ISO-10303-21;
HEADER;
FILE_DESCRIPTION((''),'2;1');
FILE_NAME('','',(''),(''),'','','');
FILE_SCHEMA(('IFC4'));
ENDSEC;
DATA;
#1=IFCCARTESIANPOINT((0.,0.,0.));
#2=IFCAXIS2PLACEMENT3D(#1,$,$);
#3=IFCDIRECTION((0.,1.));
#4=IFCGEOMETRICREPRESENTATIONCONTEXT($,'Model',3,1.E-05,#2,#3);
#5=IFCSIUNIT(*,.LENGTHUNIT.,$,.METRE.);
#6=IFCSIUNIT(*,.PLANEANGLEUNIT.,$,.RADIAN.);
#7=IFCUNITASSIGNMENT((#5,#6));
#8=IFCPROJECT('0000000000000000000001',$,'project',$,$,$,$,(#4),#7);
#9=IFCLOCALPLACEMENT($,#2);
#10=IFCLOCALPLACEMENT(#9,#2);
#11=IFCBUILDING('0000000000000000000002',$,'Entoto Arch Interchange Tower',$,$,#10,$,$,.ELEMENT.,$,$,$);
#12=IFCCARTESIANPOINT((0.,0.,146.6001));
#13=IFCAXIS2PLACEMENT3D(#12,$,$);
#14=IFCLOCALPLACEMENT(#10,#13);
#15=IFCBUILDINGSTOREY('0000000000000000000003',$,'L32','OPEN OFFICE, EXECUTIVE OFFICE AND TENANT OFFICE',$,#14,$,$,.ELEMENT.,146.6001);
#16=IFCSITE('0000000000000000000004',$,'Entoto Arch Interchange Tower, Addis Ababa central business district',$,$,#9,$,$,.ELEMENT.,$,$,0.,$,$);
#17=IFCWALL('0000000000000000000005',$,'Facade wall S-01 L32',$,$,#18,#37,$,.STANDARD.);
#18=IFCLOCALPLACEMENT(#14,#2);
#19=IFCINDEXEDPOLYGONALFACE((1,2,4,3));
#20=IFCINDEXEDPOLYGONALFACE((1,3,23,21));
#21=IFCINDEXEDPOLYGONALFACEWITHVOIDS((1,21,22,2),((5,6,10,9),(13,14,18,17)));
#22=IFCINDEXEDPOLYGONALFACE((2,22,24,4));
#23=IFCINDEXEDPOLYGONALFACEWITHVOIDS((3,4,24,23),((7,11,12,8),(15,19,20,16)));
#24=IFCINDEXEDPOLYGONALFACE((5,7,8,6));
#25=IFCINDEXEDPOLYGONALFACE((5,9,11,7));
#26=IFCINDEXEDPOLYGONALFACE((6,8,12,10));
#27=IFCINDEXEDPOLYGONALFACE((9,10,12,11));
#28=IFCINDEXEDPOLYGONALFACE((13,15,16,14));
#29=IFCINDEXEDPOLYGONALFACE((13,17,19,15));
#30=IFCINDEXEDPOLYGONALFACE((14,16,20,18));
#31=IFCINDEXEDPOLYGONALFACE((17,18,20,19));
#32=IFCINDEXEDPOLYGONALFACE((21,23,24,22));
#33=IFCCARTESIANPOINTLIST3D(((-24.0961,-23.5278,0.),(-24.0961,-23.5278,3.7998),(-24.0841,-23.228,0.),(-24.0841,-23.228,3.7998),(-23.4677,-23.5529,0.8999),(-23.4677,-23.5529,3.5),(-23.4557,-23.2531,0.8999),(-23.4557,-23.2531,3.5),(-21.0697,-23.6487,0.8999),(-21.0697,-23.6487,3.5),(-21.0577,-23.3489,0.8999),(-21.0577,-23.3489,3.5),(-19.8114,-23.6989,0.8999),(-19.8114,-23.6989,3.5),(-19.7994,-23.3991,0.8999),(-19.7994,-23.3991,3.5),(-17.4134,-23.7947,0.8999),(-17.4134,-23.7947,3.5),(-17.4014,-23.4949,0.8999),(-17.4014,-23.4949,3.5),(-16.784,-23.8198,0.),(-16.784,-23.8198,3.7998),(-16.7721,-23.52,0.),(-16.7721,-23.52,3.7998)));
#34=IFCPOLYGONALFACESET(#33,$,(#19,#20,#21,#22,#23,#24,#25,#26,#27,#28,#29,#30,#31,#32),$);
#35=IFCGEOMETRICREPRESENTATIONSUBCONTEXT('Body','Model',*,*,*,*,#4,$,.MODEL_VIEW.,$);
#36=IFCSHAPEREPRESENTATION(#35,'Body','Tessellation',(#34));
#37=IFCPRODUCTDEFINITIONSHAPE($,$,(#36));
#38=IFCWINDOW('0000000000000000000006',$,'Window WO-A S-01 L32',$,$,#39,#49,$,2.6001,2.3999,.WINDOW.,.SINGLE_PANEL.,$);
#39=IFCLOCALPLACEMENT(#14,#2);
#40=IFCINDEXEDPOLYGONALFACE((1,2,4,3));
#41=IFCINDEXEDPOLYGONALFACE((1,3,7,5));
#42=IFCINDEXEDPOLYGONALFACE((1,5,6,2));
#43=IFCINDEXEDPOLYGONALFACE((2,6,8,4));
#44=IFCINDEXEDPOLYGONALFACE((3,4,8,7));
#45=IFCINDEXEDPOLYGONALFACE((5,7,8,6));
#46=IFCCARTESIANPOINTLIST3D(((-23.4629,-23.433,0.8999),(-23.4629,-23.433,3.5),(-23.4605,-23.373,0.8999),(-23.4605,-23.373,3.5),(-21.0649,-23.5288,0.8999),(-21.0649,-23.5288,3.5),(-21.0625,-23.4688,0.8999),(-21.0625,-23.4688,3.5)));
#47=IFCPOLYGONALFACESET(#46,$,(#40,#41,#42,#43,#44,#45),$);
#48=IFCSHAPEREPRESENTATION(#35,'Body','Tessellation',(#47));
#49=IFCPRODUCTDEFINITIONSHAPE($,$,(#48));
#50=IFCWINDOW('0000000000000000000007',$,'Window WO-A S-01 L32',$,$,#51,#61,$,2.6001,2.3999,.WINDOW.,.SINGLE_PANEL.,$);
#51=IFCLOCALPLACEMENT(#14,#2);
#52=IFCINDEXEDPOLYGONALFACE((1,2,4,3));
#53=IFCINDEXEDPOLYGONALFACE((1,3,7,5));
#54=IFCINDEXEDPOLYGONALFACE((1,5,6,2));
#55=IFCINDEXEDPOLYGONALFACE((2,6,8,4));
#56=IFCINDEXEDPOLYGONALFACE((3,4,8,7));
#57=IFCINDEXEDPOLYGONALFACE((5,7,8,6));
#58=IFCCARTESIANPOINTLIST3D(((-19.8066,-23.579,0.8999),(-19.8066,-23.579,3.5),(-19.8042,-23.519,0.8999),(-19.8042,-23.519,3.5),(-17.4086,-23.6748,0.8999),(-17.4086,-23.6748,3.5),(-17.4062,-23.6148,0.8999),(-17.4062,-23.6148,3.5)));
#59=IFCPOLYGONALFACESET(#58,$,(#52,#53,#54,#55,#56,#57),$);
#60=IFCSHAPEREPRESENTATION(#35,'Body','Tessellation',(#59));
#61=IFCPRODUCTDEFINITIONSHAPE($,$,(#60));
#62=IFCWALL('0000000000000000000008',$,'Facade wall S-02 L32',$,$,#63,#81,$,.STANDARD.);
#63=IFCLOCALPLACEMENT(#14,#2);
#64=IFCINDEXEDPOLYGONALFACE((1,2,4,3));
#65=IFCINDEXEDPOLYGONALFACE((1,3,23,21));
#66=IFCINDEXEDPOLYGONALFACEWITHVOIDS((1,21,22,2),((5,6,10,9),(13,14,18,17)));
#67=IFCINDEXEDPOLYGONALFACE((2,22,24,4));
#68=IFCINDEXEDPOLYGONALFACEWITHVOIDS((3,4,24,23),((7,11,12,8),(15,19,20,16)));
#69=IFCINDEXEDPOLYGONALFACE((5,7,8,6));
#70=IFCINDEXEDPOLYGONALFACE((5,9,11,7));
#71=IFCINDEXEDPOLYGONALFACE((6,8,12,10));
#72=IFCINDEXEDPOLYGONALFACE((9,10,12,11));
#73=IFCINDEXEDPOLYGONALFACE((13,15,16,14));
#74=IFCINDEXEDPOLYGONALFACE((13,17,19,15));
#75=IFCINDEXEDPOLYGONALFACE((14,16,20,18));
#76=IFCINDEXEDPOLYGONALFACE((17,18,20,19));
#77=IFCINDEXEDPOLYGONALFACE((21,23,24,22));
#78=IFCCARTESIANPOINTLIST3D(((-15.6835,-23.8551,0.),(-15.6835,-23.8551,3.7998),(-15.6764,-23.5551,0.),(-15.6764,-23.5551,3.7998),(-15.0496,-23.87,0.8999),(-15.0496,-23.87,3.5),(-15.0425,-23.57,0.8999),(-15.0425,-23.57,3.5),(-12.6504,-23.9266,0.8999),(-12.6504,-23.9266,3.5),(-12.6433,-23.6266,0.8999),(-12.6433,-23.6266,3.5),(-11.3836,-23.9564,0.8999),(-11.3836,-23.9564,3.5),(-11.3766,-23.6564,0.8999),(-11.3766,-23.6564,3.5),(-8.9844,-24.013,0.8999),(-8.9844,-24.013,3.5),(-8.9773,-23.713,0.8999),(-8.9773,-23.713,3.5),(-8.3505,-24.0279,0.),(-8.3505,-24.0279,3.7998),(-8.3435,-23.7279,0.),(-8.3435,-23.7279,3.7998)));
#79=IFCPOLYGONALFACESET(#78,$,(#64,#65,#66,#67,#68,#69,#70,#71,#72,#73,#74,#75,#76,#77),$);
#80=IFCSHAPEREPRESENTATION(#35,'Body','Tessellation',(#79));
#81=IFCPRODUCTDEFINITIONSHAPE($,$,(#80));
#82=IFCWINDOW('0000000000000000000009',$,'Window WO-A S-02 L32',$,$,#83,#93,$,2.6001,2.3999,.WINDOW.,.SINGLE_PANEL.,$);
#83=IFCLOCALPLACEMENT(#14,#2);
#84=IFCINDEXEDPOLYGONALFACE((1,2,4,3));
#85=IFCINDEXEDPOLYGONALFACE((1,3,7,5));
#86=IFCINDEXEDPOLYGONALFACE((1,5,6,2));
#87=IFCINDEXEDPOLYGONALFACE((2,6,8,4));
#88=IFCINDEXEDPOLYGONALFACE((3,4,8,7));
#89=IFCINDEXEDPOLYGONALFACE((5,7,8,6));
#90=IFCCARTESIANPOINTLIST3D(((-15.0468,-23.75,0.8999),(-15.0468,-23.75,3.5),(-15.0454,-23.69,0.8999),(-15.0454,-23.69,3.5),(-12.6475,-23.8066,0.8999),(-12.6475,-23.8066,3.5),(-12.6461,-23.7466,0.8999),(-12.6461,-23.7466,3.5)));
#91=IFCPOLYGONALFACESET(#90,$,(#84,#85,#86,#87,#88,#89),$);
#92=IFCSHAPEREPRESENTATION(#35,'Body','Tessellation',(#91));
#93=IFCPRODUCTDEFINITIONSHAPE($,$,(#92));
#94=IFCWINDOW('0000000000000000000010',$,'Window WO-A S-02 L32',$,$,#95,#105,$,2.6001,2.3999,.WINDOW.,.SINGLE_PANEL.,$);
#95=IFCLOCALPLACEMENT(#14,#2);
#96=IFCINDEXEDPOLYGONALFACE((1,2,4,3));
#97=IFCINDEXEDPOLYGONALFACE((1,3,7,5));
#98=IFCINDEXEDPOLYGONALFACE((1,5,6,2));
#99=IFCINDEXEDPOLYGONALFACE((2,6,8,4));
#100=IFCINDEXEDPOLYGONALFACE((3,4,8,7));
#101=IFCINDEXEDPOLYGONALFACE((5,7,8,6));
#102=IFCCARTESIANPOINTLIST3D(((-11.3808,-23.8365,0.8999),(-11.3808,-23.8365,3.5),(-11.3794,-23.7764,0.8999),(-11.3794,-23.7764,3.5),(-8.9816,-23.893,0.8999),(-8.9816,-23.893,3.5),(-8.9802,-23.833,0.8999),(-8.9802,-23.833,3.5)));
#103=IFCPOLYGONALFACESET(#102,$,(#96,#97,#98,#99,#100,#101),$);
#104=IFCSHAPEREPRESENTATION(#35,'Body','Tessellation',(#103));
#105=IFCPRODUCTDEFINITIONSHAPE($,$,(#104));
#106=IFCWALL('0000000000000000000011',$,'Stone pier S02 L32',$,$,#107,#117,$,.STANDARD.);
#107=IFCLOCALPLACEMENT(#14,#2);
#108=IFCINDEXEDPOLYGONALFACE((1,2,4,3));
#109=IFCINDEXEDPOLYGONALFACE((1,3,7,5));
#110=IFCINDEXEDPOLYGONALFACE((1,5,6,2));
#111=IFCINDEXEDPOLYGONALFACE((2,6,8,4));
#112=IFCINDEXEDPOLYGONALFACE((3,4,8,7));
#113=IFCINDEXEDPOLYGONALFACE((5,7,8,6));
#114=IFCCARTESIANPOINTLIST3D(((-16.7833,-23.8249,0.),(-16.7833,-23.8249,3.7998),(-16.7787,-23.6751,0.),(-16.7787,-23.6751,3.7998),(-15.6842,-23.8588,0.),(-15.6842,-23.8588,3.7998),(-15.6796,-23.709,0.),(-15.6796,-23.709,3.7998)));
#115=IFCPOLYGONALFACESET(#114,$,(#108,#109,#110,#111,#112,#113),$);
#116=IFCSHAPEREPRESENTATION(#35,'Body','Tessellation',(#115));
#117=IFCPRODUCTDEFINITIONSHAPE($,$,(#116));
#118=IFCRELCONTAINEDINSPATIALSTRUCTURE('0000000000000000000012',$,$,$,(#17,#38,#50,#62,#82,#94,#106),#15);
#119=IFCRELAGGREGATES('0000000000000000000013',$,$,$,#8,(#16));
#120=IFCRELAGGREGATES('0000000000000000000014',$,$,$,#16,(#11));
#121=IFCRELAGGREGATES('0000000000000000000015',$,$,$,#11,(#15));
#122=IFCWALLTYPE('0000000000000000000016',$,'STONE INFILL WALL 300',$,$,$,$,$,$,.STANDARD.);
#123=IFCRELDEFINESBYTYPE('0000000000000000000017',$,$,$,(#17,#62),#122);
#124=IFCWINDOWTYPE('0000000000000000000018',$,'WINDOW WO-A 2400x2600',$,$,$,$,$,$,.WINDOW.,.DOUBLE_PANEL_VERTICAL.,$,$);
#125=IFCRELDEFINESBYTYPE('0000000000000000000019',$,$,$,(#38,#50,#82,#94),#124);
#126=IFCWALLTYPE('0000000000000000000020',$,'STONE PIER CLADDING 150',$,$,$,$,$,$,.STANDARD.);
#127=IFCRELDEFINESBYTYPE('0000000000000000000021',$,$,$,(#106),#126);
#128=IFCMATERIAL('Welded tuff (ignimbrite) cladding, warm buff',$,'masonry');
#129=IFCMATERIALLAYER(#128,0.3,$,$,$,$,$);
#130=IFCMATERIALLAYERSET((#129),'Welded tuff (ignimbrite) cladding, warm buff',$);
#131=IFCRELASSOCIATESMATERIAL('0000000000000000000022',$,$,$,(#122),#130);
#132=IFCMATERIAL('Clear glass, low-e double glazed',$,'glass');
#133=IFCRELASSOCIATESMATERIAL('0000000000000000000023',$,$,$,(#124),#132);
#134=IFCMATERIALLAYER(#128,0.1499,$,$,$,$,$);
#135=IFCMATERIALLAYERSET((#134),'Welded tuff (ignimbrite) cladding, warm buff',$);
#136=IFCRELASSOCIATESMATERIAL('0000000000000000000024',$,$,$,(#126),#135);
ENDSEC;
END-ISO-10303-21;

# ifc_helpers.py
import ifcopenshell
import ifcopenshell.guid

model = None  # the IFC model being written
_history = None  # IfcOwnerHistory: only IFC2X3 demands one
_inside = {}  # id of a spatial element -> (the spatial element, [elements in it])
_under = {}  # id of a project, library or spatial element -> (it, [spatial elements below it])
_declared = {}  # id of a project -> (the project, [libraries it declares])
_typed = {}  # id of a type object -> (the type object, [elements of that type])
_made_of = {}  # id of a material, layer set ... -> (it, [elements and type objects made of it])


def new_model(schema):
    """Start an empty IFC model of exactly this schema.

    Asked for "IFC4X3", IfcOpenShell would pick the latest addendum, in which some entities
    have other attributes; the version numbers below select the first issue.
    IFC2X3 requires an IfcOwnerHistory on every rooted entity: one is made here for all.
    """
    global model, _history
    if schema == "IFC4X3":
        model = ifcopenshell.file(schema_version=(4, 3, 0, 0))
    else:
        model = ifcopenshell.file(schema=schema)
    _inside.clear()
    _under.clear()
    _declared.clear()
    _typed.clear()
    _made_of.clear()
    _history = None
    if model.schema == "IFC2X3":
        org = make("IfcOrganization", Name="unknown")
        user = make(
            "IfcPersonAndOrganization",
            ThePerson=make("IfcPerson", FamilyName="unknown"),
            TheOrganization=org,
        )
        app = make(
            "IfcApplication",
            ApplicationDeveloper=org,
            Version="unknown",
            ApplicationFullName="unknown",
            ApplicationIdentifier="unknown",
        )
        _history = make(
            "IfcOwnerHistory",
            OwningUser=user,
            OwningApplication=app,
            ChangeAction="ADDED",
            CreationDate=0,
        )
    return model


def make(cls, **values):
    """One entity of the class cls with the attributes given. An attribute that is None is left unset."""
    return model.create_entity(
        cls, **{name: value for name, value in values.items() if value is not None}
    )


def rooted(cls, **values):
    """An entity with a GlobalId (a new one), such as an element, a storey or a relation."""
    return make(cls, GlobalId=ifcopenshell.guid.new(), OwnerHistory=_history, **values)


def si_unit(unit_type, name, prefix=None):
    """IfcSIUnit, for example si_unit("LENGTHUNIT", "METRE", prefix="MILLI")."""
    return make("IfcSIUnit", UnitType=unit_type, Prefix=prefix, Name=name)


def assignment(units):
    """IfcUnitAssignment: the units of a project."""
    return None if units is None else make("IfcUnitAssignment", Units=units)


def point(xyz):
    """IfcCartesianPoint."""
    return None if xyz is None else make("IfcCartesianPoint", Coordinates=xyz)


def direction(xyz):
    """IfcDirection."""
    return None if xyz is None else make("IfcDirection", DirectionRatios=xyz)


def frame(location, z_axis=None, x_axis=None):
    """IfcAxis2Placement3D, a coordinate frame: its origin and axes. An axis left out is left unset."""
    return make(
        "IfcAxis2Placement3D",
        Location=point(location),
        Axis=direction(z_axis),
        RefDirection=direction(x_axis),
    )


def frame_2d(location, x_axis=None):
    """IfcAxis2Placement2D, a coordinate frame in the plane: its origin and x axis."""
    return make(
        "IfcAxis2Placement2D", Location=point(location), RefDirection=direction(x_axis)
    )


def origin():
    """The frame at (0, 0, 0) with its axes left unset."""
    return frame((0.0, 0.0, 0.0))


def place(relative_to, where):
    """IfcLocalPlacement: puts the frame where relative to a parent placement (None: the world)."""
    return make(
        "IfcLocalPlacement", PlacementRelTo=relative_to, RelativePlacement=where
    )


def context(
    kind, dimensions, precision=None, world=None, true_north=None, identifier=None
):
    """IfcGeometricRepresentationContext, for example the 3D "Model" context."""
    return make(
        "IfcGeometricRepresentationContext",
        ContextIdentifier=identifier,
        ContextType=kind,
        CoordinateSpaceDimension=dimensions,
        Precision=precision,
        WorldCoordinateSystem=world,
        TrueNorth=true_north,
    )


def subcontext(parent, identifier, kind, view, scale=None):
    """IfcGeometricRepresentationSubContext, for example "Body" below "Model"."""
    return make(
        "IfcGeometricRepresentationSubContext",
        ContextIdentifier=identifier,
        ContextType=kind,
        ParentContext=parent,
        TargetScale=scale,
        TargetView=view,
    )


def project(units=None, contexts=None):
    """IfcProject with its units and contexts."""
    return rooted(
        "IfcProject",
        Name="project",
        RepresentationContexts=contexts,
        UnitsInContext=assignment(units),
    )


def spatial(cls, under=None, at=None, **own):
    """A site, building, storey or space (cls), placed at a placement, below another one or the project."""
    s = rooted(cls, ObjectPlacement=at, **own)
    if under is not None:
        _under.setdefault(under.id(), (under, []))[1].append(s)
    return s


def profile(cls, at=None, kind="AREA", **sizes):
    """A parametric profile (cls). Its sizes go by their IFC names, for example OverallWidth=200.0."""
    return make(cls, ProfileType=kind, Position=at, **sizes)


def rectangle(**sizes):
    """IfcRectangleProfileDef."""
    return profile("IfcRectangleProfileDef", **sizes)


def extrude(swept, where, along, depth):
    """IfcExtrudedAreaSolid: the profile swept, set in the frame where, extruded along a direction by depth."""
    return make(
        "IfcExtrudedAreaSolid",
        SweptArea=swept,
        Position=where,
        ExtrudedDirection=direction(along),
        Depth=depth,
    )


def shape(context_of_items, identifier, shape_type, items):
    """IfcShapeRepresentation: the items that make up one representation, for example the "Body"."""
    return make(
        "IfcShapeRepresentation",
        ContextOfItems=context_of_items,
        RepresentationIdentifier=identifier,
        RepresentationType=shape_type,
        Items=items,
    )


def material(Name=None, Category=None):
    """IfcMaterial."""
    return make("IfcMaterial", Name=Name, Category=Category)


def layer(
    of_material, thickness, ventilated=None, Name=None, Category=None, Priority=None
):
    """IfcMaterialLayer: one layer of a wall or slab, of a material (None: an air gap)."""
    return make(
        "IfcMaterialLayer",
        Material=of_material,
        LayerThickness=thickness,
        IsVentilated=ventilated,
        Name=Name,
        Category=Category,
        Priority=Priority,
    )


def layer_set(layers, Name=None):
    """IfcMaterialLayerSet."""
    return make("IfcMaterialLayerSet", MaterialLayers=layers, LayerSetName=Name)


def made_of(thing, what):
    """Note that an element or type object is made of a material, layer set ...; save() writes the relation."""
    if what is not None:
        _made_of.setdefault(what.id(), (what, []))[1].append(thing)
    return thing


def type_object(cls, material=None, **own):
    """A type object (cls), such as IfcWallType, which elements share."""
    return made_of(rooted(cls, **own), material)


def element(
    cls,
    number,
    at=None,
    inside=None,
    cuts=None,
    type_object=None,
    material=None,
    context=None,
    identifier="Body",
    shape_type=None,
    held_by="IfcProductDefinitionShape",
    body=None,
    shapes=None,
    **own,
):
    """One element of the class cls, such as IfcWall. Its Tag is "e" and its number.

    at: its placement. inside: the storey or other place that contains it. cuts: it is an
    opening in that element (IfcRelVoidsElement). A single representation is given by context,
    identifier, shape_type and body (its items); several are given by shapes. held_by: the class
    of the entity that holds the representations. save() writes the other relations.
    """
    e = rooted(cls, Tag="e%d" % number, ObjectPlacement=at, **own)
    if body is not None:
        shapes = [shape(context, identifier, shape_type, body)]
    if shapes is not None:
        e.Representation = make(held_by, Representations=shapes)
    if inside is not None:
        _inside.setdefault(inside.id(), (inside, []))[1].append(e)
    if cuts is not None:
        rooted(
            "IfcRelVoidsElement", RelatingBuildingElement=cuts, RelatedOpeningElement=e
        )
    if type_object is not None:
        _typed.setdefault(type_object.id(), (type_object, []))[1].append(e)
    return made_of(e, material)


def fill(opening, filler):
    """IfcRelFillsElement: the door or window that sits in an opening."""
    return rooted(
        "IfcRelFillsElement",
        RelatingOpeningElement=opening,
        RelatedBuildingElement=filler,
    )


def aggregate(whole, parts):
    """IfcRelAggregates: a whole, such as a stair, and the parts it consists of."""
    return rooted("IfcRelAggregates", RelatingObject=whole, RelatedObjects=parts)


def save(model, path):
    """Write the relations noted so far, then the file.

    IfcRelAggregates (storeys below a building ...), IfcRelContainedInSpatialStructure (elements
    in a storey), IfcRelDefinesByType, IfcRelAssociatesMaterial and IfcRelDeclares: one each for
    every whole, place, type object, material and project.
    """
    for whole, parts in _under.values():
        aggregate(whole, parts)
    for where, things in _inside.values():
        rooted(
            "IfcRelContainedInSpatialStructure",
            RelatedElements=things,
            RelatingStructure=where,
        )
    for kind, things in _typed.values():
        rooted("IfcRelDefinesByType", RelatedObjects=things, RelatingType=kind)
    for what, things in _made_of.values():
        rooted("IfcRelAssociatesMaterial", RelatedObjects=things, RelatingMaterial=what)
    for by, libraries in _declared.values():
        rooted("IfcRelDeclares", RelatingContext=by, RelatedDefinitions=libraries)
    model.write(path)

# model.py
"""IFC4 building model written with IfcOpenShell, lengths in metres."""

from ifc_helpers import new_model, si_unit, direction, frame, frame_2d, origin, place, context, subcontext, project, spatial, rectangle, extrude, material, layer, layer_set, type_object, element, fill, save


model = new_model("IFC4")

# Units and contexts
model_context = context("Model", 3, precision=1e-05, world=origin(), true_north=direction((0.0, 1.0)))
body_context = subcontext(model_context, "Body", "Model", "MODEL_VIEW")
ifc_project = project(units=[si_unit("LENGTHUNIT", "METRE"), si_unit("PLANEANGLEUNIT", "RADIAN")], contexts=[model_context])

# Site, building, storey
site_placement = place(None, origin())
site = spatial("IfcSite", under=ifc_project, at=site_placement, Name="Entoto Arch Interchange Tower, Addis Ababa central business district", CompositionType="ELEMENT", RefElevation=0.0)
building_placement = place(site_placement, origin())
building = spatial("IfcBuilding", under=site, at=building_placement, Name="Entoto Arch Interchange Tower", CompositionType="ELEMENT")
storey_placement = place(building_placement, frame((0.0, 0.0, 146.6001)))
storey = spatial("IfcBuildingStorey", under=building, at=storey_placement, Name="L32", Description="OPEN OFFICE, EXECUTIVE OFFICE AND TENANT OFFICE", CompositionType="ELEMENT", Elevation=146.6001)

# Walls, openings, windows
ifc_material_1 = material(Name="Welded tuff (ignimbrite) cladding, warm buff", Category="masonry")
ifc_layer_1 = layer(ifc_material_1, 0.3)
ifc_layer_set_1 = layer_set([ifc_layer_1], Name="Welded tuff (ignimbrite) cladding, warm buff")
wall_type_1 = type_object("IfcWallType", Name="STONE INFILL WALL 300", PredefinedType="STANDARD", material=ifc_layer_set_1)
wall_1_placement = place(storey_placement, frame((-24.0901, -23.3779, 0.0), z_axis=(0.0, 0.0, 1.0), x_axis=(0.999204, -0.039901, 0.0)))
wall_1 = element("IfcWall", 1, at=wall_1_placement, inside=storey, type_object=wall_type_1, Name="Facade wall S-01 L32", PredefinedType="STANDARD", context=body_context, shape_type="SweptSolid", body=[
    extrude(rectangle(XDim=7.3179, YDim=0.3, at=frame_2d((3.6589, 0.0))), origin(), (0.0, 0.0, 1.0), 3.7998),
])
opening_1_placement = place(wall_1_placement, frame((0.6289, 0.0, 0.8999)))
opening_1 = element("IfcOpeningElement", 2, at=opening_1_placement, cuts=wall_1, PredefinedType="OPENING", context=body_context, shape_type="SweptSolid", body=[
    extrude(rectangle(XDim=2.3999, YDim=2.6001, at=frame_2d((1.2, 1.3))), frame((0.0, 0.1602, 0.0), z_axis=(0.0, -1.0, 0.0), x_axis=(1.0, 0.0, 0.0)), (0.0, 0.0, 1.0), 0.3201),
])
opening_2_placement = place(wall_1_placement, frame((4.2881, 0.0, 0.8999)))
opening_2 = element("IfcOpeningElement", 3, at=opening_2_placement, cuts=wall_1, PredefinedType="OPENING", context=body_context, shape_type="SweptSolid", body=[
    extrude(rectangle(XDim=2.3999, YDim=2.6001, at=frame_2d((1.2, 1.3))), frame((0.0, 0.1602, 0.0), z_axis=(0.0, -1.0, 0.0), x_axis=(1.0, 0.0, 0.0)), (0.0, 0.0, 1.0), 0.3201),
])
ifc_material_2 = material(Name="Clear glass, low-e double glazed", Category="glass")
window_type = type_object("IfcWindowType", Name="WINDOW WO-A 2400x2600", PartitioningType="DOUBLE_PANEL_VERTICAL", PredefinedType="WINDOW", material=ifc_material_2)
window_1_placement = place(opening_1_placement, origin())
window_1 = element("IfcWindow", 4, at=window_1_placement, inside=storey, type_object=window_type, Name="Window WO-A S-01 L32", OverallHeight=2.6001, OverallWidth=2.3999, PartitioningType="SINGLE_PANEL", PredefinedType="WINDOW", context=body_context, shape_type="SweptSolid", body=[
    extrude(rectangle(XDim=2.3999, YDim=2.6001, at=frame_2d((1.2, 1.3))), frame((0.0, 0.03, 0.0), z_axis=(0.0, -1.0, 0.0), x_axis=(1.0, 0.0, 0.0)), (0.0, 0.0, 1.0), 0.0601),
])
fill(opening_1, window_1)
window_2_placement = place(opening_2_placement, origin())
window_2 = element("IfcWindow", 5, at=window_2_placement, inside=storey, type_object=window_type, Name="Window WO-A S-01 L32", OverallHeight=2.6001, OverallWidth=2.3999, PartitioningType="SINGLE_PANEL", PredefinedType="WINDOW", context=body_context, shape_type="SweptSolid", body=[
    extrude(rectangle(XDim=2.3999, YDim=2.6001, at=frame_2d((1.2, 1.3))), frame((0.0, 0.03, 0.0), z_axis=(0.0, -1.0, 0.0), x_axis=(1.0, 0.0, 0.0)), (0.0, 0.0, 1.0), 0.0601),
])
fill(opening_2, window_2)
wall_2_placement = place(storey_placement, frame((-15.6799, -23.7051, 0.0), z_axis=(0.0, 0.0, 1.0), x_axis=(0.999722, -0.023565, 0.0)))
wall_2 = element("IfcWall", 6, at=wall_2_placement, inside=storey, type_object=wall_type_1, Name="Facade wall S-02 L32", PredefinedType="STANDARD", context=body_context, shape_type="SweptSolid", body=[
    extrude(rectangle(XDim=7.335, YDim=0.3, at=frame_2d((3.6675, 0.0))), origin(), (0.0, 0.0, 1.0), 3.7998),
])
opening_3_placement = place(wall_2_placement, frame((0.634, 0.0, 0.8999)))
opening_3 = element("IfcOpeningElement", 7, at=opening_3_placement, cuts=wall_2, PredefinedType="OPENING", context=body_context, shape_type="SweptSolid", body=[
    extrude(rectangle(XDim=2.3999, YDim=2.6001, at=frame_2d((1.2, 1.3))), frame((0.0, 0.1602, 0.0), z_axis=(0.0, -1.0, 0.0), x_axis=(1.0, 0.0, 0.0)), (0.0, 0.0, 1.0), 0.3201),
])
opening_4_placement = place(wall_2_placement, frame((4.301, 0.0, 0.8999)))
opening_4 = element("IfcOpeningElement", 8, at=opening_4_placement, cuts=wall_2, PredefinedType="OPENING", context=body_context, shape_type="SweptSolid", body=[
    extrude(rectangle(XDim=2.3999, YDim=2.6001, at=frame_2d((1.2, 1.3))), frame((0.0, 0.1602, 0.0), z_axis=(0.0, -1.0, 0.0), x_axis=(1.0, 0.0, 0.0)), (0.0, 0.0, 1.0), 0.3201),
])
window_3_placement = place(opening_3_placement, origin())
window_3 = element("IfcWindow", 9, at=window_3_placement, inside=storey, type_object=window_type, Name="Window WO-A S-02 L32", OverallHeight=2.6001, OverallWidth=2.3999, PartitioningType="SINGLE_PANEL", PredefinedType="WINDOW", context=body_context, shape_type="SweptSolid", body=[
    extrude(rectangle(XDim=2.3999, YDim=2.6001, at=frame_2d((1.2, 1.3))), frame((0.0, 0.03, 0.0), z_axis=(0.0, -1.0, 0.0), x_axis=(1.0, 0.0, 0.0)), (0.0, 0.0, 1.0), 0.0601),
])
fill(opening_3, window_3)
window_4_placement = place(opening_4_placement, origin())
window_4 = element("IfcWindow", 10, at=window_4_placement, inside=storey, type_object=window_type, Name="Window WO-A S-02 L32", OverallHeight=2.6001, OverallWidth=2.3999, PartitioningType="SINGLE_PANEL", PredefinedType="WINDOW", context=body_context, shape_type="SweptSolid", body=[
    extrude(rectangle(XDim=2.3999, YDim=2.6001, at=frame_2d((1.2, 1.3))), frame((0.0, 0.03, 0.0), z_axis=(0.0, -1.0, 0.0), x_axis=(1.0, 0.0, 0.0)), (0.0, 0.0, 1.0), 0.0601),
])
fill(opening_4, window_4)

# Wall
ifc_layer_2 = layer(ifc_material_1, 0.1499)
ifc_layer_set_2 = layer_set([ifc_layer_2], Name="Welded tuff (ignimbrite) cladding, warm buff")
wall_type_2 = type_object("IfcWallType", Name="STONE PIER CLADDING 150", PredefinedType="STANDARD", material=ifc_layer_set_2)
wall_3_placement = place(storey_placement, frame((-16.781, -23.75, 0.0), z_axis=(0.0, 0.0, 1.0), x_axis=(0.999524, -0.03086, 0.0)))
element("IfcWall", 11, at=wall_3_placement, inside=storey, type_object=wall_type_2, Name="Stone pier S02 L32", PredefinedType="STANDARD", context=body_context, shape_type="SweptSolid", body=[
    extrude(rectangle(XDim=1.0996, YDim=0.1499, at=frame_2d((0.5498, 0.0))), origin(), (0.0, 0.0, 1.0), 3.7998),
])

save(model, "model.ifc")
